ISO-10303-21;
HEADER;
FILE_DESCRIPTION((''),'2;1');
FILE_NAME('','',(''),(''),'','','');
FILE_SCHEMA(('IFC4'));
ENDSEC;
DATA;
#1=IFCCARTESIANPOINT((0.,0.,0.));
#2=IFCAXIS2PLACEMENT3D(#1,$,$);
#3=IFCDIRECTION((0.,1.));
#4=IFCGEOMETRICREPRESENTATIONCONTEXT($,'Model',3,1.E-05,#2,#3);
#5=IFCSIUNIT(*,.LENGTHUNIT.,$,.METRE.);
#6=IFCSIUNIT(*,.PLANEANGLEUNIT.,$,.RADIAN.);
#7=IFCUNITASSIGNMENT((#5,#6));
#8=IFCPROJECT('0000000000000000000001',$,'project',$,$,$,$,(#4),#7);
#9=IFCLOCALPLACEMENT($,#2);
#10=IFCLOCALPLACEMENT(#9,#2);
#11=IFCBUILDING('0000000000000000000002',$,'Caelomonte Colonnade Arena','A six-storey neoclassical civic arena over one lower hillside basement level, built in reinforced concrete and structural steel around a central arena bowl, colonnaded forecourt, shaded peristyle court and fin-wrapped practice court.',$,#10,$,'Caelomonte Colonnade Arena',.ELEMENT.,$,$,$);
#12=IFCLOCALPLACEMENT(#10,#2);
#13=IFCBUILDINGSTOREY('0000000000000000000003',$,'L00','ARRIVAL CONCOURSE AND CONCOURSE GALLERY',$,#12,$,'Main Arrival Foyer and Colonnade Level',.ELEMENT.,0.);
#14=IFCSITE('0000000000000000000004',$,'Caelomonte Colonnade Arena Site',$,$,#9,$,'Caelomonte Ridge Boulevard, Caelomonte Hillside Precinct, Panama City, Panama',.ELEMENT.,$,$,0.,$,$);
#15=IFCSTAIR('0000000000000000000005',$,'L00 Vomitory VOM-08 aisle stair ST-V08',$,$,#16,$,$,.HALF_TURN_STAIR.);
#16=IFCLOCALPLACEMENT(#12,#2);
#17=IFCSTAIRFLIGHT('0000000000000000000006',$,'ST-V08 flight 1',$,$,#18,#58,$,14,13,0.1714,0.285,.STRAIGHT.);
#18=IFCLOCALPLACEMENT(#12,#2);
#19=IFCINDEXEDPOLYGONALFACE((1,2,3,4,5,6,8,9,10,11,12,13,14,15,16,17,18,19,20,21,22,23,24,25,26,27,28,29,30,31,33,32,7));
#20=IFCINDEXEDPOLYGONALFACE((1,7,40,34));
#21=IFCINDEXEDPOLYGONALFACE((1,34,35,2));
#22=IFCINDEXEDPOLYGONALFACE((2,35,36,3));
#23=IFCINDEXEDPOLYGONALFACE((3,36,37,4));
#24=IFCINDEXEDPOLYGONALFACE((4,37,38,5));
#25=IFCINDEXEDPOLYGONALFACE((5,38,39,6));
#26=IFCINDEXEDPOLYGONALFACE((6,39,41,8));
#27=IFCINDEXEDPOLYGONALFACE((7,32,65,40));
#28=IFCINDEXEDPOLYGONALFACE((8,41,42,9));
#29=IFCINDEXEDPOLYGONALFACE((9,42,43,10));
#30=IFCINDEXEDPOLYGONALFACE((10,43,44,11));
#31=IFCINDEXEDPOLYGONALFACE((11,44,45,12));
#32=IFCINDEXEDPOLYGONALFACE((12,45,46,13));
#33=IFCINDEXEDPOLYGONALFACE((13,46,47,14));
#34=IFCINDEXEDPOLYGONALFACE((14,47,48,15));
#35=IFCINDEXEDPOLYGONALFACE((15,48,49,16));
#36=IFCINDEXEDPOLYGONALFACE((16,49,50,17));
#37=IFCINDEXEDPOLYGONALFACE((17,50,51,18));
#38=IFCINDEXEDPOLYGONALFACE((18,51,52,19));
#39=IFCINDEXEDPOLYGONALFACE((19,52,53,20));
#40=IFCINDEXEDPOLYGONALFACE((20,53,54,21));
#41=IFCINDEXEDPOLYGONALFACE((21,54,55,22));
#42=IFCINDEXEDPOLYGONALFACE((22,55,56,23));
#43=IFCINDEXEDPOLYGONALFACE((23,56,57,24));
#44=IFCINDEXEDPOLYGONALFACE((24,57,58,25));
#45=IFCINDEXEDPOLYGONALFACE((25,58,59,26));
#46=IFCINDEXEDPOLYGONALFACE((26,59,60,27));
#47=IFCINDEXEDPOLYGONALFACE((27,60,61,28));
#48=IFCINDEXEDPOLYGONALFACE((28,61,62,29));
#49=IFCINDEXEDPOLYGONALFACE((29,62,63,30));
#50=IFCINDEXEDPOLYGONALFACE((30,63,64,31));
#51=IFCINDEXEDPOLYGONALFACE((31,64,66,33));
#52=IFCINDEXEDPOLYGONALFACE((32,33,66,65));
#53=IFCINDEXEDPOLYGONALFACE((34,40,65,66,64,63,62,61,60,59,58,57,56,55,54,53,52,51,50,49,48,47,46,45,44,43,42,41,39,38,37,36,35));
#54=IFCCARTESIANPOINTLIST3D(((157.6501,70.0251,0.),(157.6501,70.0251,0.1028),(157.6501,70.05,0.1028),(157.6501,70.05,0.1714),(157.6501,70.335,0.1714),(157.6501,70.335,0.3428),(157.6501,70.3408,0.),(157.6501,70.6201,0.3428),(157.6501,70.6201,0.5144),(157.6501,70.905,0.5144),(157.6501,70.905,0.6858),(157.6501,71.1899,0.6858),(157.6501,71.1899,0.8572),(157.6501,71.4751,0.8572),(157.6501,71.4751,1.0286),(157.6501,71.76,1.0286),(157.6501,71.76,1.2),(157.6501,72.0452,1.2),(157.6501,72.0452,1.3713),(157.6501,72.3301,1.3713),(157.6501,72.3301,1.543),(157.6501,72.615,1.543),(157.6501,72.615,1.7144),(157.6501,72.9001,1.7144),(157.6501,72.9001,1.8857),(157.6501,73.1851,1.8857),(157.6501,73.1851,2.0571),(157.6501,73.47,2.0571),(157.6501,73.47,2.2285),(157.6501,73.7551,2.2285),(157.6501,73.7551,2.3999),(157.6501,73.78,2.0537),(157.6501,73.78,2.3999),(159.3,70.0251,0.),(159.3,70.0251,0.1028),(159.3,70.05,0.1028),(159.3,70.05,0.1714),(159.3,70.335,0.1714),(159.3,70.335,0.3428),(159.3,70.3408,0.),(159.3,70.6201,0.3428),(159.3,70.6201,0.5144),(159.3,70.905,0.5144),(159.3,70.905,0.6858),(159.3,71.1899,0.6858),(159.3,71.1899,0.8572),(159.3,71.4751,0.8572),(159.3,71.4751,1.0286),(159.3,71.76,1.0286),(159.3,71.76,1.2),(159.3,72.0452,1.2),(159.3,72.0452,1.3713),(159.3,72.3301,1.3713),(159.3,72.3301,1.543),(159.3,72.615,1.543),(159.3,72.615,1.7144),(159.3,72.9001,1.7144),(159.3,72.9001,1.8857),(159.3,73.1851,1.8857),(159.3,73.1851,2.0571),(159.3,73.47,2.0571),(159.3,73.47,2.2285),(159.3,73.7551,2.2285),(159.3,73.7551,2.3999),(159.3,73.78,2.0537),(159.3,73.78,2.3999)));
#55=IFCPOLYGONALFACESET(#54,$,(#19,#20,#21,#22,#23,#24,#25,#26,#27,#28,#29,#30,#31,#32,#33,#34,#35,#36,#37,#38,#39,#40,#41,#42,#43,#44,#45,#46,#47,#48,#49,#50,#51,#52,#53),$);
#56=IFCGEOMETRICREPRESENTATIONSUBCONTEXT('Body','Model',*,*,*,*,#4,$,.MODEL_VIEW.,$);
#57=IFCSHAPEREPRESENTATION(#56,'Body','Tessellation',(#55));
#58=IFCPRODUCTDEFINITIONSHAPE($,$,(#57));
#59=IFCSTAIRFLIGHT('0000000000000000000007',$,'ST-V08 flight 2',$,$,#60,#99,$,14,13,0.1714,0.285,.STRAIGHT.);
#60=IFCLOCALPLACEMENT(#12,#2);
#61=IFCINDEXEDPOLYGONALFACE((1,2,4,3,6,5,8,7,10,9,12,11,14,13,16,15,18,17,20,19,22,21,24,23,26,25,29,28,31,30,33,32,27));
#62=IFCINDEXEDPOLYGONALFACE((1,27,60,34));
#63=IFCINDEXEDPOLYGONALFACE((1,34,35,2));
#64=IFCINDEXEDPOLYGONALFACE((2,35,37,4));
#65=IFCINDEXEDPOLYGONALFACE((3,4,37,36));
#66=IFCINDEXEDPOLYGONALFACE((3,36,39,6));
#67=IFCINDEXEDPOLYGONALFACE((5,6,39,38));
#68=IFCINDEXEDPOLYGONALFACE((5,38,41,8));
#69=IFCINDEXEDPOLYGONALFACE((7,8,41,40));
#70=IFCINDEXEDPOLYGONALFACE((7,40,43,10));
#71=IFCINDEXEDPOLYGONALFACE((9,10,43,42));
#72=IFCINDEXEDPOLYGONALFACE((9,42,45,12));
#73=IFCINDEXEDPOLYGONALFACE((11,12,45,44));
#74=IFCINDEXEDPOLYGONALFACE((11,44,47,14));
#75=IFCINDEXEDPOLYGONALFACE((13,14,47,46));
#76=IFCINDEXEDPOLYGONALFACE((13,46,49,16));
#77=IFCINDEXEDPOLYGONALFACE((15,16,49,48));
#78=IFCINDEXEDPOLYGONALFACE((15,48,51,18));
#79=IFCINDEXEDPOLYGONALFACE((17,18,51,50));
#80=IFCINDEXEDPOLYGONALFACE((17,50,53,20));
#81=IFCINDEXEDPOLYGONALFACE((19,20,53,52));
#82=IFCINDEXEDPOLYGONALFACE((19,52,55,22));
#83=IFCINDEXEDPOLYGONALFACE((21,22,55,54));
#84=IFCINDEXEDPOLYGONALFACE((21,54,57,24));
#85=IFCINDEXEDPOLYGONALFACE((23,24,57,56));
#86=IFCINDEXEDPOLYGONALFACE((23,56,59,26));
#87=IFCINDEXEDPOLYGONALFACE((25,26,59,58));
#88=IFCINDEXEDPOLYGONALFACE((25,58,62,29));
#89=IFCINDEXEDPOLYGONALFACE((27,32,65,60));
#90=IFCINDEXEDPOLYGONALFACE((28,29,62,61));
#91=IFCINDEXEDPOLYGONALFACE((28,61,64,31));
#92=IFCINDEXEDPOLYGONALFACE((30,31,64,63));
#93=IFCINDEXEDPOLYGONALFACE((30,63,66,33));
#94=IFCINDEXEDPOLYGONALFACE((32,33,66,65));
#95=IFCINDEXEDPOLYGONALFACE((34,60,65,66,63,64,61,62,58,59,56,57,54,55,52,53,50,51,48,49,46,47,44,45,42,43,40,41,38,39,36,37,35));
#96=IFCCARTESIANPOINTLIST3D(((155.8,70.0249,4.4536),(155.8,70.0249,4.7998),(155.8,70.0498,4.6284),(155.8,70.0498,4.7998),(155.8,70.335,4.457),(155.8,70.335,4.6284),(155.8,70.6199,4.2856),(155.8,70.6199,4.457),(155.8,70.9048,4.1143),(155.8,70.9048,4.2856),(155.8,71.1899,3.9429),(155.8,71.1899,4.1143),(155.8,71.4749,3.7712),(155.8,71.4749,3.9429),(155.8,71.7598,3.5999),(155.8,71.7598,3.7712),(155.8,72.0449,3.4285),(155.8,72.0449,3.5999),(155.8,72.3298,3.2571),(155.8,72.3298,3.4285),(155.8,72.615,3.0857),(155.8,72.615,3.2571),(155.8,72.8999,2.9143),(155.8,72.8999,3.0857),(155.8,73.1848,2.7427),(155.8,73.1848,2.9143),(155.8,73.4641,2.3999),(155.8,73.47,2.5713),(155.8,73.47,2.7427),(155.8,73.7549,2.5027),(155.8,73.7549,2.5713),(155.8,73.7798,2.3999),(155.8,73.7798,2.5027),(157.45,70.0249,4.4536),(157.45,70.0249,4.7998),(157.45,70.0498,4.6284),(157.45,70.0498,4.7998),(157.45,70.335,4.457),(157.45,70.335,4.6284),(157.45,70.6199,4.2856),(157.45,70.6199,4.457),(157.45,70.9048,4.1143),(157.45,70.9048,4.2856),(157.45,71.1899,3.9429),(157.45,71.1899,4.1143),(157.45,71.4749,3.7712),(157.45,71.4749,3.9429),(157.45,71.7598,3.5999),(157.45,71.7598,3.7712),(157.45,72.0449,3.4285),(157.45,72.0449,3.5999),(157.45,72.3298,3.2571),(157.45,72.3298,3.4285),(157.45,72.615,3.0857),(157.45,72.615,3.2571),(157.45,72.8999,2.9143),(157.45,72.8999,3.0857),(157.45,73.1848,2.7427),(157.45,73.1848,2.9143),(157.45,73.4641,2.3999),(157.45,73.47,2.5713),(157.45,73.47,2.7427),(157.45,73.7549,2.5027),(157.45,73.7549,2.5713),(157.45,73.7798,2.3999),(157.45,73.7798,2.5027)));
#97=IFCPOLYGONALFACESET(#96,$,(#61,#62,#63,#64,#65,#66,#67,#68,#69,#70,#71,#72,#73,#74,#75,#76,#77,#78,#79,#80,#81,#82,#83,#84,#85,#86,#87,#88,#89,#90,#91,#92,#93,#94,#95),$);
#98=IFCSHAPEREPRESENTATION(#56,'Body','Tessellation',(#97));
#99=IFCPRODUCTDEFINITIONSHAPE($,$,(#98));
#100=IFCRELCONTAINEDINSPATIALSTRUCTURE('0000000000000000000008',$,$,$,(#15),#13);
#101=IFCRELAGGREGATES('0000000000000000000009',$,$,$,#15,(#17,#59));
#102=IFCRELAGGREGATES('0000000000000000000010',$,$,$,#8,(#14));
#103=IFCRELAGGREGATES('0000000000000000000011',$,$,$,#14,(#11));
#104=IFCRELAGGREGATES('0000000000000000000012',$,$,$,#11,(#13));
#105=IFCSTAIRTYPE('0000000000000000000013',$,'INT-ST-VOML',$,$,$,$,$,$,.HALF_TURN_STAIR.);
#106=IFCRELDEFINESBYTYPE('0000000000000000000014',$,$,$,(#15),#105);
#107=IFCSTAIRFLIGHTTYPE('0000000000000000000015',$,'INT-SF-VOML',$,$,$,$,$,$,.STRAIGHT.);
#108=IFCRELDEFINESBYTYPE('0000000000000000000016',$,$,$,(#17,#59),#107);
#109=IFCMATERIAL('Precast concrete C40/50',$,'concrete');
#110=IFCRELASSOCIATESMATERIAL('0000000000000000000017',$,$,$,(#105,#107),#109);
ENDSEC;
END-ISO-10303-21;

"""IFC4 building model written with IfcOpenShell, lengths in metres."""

from ifc_helpers import new_model, si_unit, direction, frame, origin, place, context, subcontext, project, spatial, polyline, outline, extrude, material, type_object, element, aggregate, save


model = new_model("IFC4")

# Units and contexts
model_context = context("Model", 3, precision=1e-05, world=origin(), true_north=direction((0.0, 1.0)))
body_context = subcontext(model_context, "Body", "Model", "MODEL_VIEW")
ifc_project = project(units=[si_unit("LENGTHUNIT", "METRE"), si_unit("PLANEANGLEUNIT", "RADIAN")], contexts=[model_context])

# Site, building, storey
site_placement = place(None, origin())
site = spatial("IfcSite", under=ifc_project, at=site_placement, Name="Caelomonte Colonnade Arena Site", LongName="Caelomonte Ridge Boulevard, Caelomonte Hillside Precinct, Panama City, Panama", CompositionType="ELEMENT", RefElevation=0.0)
building_placement = place(site_placement, origin())
building = spatial("IfcBuilding", under=site, at=building_placement, Name="Caelomonte Colonnade Arena", Description="A six-storey neoclassical civic arena over one lower hillside basement level, built in reinforced concrete and structural steel around a central arena bowl, colonnaded forecourt, shaded peristyle court and fin-wrapped practice court.", LongName="Caelomonte Colonnade Arena", CompositionType="ELEMENT")
storey_placement = place(building_placement, origin())
storey = spatial("IfcBuildingStorey", under=building, at=storey_placement, Name="L00", Description="ARRIVAL CONCOURSE AND CONCOURSE GALLERY", LongName="Main Arrival Foyer and Colonnade Level", CompositionType="ELEMENT", Elevation=0.0)

# Stair, stair flights
ifc_material_1 = material(Name="Precast concrete C40/50", Category="concrete")
stair_type = type_object("IfcStairType", Name="INT-ST-VOML", PredefinedType="HALF_TURN_STAIR", material=ifc_material_1)
stair_placement = place(storey_placement, origin())
stair = element("IfcStair", 1, at=stair_placement, inside=storey, type_object=stair_type, Name="L00 Vomitory VOM-08 aisle stair ST-V08", PredefinedType="HALF_TURN_STAIR")
stair_flight_type = type_object("IfcStairFlightType", Name="INT-SF-VOML", PredefinedType="STRAIGHT", material=ifc_material_1)
stair_flight_1_placement = place(storey_placement, frame((158.4751, 70.05, 0.0), z_axis=(0.0, 0.0, 1.0), x_axis=(0.0, 1.0, 0.0)))
stair_flight_1 = element("IfcStairFlight", 2, at=stair_flight_1_placement, type_object=stair_flight_type, Name="ST-V08 flight 1", NumberOfRisers=14, NumberOfTreads=13, PredefinedType="STRAIGHT", RiserHeight=0.1714, TreadLength=0.285, context=body_context, shape_type="SweptSolid", body=[
    extrude(outline(polyline([(-0.0249, 0.0), (-0.0249, 0.1028), (0.0, 0.1028), (0.0, 0.1714), (0.2849, 0.1714), (0.2849, 0.3428), (0.5701, 0.3428), (0.5701, 0.5144), (0.855, 0.5144), (0.855, 0.6858), (1.1399, 0.6858), (1.1399, 0.8572), (1.425, 0.8572), (1.425, 1.0286), (1.71, 1.0286), (1.71, 1.2), (1.9951, 1.2), (1.9951, 1.3713), (2.28, 1.3713), (2.28, 1.543), (2.5649, 1.543), (2.5649, 1.7144), (2.8501, 1.7144), (2.8501, 1.8857), (3.135, 1.8857), (3.135, 2.0571), (3.4199, 2.0571), (3.4199, 2.2285), (3.7051, 2.2285), (3.7051, 2.3999), (3.73, 2.3999), (3.73, 2.0537), (0.2908, 0.0), (-0.0249, 0.0)])), frame((0.0, 0.825, 0.0), z_axis=(0.0, -1.0, 0.0), x_axis=(1.0, 0.0, 0.0)), (0.0, 0.0, 1.0), 1.6499),
])
stair_flight_2_placement = place(storey_placement, frame((156.625, 73.7549, 2.3999), z_axis=(0.0, 0.0, 1.0), x_axis=(0.0, -1.0, 0.0)))
stair_flight_2 = element("IfcStairFlight", 3, at=stair_flight_2_placement, type_object=stair_flight_type, Name="ST-V08 flight 2", NumberOfRisers=14, NumberOfTreads=13, PredefinedType="STRAIGHT", RiserHeight=0.1714, TreadLength=0.285, context=body_context, shape_type="SweptSolid", body=[
    extrude(outline(polyline([(-0.0249, 0.0), (-0.0249, 0.1028), (0.0, 0.1028), (0.0, 0.1714), (0.2849, 0.1714), (0.2849, 0.3428), (0.5701, 0.3428), (0.5701, 0.5144), (0.855, 0.5144), (0.855, 0.6858), (1.1399, 0.6858), (1.1399, 0.8572), (1.425, 0.8572), (1.425, 1.0286), (1.71, 1.0286), (1.71, 1.2), (1.9951, 1.2), (1.9951, 1.3713), (2.28, 1.3713), (2.28, 1.543), (2.5649, 1.543), (2.5649, 1.7144), (2.8501, 1.7144), (2.8501, 1.8857), (3.135, 1.8857), (3.135, 2.0571), (3.4199, 2.0571), (3.4199, 2.2285), (3.7051, 2.2285), (3.7051, 2.3999), (3.73, 2.3999), (3.73, 2.0537), (0.2908, 0.0), (-0.0249, 0.0)])), frame((0.0, 0.825, 0.0), z_axis=(0.0, -1.0, 0.0), x_axis=(1.0, 0.0, 0.0)), (0.0, 0.0, 1.0), 1.6499),
])
aggregate(stair, [stair_flight_1, stair_flight_2])

save(model, "model.ifc")
